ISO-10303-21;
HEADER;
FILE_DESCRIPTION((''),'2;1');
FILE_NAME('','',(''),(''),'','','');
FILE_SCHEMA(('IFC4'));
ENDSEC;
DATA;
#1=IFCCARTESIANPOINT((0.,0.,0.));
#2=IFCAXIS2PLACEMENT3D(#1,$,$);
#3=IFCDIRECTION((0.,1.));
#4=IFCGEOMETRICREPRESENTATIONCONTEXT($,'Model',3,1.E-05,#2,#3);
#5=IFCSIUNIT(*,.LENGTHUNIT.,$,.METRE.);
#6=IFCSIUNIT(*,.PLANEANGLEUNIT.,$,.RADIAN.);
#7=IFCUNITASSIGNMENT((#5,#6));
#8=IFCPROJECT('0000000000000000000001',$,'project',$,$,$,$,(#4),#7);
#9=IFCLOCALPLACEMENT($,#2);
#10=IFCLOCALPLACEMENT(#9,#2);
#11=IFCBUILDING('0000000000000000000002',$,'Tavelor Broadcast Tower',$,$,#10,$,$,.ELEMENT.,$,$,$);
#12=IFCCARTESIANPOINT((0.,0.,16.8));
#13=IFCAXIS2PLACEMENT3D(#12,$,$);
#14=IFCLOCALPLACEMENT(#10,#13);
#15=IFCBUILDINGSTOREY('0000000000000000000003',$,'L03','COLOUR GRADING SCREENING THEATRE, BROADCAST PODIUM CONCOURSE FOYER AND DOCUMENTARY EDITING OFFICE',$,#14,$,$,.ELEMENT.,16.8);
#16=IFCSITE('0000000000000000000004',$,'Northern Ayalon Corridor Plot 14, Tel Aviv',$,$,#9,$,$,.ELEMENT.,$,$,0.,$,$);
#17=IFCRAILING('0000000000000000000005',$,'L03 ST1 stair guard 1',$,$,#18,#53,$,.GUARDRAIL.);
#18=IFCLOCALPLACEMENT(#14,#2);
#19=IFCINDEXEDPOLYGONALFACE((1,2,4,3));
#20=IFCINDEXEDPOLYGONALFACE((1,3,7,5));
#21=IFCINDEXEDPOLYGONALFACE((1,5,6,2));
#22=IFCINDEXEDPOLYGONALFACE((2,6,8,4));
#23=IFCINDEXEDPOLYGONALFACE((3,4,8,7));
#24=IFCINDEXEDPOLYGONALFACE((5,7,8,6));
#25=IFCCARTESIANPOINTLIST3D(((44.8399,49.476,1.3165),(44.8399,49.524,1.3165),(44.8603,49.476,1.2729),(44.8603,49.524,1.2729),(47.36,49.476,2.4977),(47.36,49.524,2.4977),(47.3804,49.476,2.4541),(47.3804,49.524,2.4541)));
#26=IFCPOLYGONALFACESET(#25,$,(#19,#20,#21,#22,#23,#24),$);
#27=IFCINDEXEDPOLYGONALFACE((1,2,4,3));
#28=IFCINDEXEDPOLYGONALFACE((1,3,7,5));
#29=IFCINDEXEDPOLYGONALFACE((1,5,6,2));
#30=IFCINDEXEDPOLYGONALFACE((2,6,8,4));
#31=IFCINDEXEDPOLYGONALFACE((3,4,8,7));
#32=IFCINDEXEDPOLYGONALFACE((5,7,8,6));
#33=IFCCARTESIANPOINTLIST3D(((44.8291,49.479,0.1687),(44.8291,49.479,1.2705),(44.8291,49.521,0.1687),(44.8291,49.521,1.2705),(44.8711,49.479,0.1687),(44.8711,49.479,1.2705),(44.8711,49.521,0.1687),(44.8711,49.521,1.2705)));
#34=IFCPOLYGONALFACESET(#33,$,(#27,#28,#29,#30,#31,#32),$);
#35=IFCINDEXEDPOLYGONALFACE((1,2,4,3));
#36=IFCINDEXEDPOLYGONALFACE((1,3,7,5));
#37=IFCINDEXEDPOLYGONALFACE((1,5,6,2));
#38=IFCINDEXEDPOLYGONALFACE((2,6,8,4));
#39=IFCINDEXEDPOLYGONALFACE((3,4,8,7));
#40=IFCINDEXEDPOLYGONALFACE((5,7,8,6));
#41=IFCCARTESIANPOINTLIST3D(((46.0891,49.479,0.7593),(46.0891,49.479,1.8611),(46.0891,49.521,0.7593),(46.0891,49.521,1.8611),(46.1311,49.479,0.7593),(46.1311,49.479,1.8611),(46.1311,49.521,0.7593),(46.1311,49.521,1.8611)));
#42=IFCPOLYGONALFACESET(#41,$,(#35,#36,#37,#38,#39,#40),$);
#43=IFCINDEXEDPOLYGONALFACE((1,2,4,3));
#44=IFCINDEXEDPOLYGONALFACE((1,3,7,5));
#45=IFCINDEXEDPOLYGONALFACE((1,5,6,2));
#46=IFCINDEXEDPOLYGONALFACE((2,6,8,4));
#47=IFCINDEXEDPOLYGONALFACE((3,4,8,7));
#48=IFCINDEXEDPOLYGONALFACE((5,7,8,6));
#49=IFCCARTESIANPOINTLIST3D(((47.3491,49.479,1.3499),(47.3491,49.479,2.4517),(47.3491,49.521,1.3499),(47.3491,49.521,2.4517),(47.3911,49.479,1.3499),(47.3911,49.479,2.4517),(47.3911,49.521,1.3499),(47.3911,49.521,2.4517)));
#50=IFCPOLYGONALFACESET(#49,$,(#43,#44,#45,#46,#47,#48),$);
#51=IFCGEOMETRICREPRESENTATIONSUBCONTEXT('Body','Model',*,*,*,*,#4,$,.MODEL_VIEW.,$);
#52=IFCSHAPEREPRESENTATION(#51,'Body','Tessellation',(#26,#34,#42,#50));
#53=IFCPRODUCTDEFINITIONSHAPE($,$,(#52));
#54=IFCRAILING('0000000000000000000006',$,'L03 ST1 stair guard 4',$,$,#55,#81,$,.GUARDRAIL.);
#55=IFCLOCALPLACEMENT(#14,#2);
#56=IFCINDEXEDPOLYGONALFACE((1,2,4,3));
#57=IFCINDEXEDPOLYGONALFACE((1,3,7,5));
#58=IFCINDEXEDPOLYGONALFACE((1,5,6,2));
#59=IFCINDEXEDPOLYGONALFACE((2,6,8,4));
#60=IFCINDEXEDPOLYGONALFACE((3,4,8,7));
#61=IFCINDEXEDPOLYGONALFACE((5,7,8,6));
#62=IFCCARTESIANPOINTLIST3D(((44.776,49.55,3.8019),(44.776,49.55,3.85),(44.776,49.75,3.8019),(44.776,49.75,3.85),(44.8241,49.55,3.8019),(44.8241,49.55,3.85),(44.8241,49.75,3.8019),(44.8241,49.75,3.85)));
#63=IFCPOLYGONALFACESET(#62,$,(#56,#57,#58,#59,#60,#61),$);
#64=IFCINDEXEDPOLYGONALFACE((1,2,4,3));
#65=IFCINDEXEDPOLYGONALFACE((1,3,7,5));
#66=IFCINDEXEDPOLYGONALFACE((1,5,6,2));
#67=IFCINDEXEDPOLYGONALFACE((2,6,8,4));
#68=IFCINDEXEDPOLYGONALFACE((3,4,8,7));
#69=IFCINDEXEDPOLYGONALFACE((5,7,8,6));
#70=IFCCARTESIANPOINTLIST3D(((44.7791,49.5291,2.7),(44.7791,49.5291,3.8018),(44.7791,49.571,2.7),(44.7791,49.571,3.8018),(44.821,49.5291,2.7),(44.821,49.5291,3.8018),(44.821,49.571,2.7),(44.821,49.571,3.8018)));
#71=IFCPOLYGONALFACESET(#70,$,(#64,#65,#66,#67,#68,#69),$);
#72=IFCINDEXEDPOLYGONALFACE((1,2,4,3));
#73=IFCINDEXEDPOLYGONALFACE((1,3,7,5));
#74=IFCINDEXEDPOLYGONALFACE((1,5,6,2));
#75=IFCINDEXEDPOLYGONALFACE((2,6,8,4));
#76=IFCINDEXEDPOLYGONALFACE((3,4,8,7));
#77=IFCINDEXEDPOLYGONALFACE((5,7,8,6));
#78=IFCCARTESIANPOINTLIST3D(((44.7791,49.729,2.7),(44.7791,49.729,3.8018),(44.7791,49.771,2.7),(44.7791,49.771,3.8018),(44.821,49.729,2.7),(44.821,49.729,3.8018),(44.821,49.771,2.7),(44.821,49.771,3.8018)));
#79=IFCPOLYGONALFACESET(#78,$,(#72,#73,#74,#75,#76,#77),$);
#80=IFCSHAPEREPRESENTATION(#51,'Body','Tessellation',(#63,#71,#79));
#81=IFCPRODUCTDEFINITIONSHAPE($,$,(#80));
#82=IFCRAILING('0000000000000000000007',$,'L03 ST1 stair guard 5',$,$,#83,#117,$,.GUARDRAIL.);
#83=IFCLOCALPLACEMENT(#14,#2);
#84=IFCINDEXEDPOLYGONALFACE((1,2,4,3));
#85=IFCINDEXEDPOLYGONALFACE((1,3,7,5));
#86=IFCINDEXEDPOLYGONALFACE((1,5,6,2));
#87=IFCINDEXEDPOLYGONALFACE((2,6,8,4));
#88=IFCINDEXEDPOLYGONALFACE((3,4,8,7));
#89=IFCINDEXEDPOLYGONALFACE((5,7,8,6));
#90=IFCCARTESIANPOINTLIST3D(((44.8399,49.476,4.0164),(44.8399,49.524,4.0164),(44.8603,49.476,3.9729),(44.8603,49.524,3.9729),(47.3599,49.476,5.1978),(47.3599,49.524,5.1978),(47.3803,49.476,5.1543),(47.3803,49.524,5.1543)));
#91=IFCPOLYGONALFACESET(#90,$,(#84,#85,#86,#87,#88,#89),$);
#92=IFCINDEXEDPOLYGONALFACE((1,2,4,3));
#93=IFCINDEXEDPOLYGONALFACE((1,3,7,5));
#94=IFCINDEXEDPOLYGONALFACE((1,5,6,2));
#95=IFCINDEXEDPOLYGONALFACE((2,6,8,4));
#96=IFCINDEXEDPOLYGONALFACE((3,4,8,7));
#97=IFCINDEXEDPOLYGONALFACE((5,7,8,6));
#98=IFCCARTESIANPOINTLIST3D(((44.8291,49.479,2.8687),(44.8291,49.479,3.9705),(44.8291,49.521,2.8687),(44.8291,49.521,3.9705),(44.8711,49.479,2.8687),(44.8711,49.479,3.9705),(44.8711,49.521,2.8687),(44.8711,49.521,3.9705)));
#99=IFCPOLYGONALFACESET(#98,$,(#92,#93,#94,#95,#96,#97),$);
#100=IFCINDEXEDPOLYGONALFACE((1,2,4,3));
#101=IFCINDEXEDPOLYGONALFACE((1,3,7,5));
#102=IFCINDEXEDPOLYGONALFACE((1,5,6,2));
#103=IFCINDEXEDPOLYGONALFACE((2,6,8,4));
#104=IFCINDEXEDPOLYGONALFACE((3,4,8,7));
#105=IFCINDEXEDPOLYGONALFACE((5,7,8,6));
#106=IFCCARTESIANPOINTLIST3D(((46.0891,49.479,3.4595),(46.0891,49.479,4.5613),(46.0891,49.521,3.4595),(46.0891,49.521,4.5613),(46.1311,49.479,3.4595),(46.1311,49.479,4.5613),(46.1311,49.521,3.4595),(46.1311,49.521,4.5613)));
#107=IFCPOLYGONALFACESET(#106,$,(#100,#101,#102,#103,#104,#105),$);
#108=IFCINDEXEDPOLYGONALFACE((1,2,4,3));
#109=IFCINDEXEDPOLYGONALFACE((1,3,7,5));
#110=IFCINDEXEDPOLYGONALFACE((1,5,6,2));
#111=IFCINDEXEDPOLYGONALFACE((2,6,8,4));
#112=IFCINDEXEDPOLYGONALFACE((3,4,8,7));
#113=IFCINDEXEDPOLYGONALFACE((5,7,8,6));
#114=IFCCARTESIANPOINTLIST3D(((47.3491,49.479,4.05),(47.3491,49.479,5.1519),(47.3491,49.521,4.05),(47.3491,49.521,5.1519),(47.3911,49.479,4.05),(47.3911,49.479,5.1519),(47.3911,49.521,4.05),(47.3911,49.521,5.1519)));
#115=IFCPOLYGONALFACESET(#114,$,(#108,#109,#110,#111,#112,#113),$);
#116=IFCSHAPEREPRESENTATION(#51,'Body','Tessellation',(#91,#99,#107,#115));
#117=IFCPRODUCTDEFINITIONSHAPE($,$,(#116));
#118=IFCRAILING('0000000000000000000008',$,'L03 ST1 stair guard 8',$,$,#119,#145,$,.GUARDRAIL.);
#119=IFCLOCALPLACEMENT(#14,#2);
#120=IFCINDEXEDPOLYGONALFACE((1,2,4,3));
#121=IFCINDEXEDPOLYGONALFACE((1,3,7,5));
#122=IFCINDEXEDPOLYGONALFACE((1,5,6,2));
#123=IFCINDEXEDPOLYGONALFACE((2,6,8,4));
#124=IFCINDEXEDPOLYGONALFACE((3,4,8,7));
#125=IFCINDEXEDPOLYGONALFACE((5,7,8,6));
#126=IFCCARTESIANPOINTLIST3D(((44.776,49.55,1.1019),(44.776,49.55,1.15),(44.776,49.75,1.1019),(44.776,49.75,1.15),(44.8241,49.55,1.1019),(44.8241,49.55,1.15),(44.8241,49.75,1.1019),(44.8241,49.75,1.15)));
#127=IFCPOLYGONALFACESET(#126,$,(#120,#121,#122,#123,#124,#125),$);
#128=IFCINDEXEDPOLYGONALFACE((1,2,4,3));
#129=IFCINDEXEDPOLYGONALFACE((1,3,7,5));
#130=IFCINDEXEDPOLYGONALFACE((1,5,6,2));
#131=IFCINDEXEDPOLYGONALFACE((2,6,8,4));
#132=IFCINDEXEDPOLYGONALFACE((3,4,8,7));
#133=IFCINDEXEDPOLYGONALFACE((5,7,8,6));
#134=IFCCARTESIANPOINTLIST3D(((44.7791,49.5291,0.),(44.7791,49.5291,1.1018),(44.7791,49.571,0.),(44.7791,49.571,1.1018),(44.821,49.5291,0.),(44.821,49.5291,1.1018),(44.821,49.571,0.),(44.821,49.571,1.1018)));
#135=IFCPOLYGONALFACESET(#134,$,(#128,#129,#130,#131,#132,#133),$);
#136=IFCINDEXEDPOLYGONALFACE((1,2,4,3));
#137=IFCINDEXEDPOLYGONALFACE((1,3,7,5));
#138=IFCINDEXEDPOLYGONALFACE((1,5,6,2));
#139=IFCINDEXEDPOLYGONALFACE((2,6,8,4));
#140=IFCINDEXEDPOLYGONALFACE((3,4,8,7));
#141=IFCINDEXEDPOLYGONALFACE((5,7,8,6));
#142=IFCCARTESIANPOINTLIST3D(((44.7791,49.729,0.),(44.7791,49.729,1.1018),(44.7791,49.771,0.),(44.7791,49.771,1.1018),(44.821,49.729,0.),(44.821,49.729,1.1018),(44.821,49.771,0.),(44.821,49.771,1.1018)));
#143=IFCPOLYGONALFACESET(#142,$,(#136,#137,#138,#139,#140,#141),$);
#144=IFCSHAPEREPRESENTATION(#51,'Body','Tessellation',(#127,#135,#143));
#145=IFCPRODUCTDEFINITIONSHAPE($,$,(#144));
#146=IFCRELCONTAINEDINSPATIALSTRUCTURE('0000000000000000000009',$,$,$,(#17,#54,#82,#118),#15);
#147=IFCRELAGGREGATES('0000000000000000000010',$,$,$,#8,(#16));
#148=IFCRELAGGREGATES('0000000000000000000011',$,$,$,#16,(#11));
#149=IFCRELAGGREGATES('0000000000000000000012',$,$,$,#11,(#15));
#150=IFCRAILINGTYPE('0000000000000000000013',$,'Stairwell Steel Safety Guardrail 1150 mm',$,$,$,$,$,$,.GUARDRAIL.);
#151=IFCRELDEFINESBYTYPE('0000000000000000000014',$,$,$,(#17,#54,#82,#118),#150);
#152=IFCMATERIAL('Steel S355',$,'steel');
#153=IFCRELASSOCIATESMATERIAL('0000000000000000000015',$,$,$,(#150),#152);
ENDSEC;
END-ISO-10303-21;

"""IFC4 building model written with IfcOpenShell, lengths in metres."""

from ifc_helpers import new_model, si_unit, direction, frame, origin, origin_2d, place, context, subcontext, project, spatial, rectangle, extrude, material, type_object, element, save


model = new_model("IFC4")

# Units and contexts
model_context = context("Model", 3, precision=1e-05, world=origin(), true_north=direction((0.0, 1.0)))
body_context = subcontext(model_context, "Body", "Model", "MODEL_VIEW")
ifc_project = project(units=[si_unit("LENGTHUNIT", "METRE"), si_unit("PLANEANGLEUNIT", "RADIAN")], contexts=[model_context])

# Site, building, storey
site_placement = place(None, origin())
site = spatial("IfcSite", under=ifc_project, at=site_placement, Name="Northern Ayalon Corridor Plot 14, Tel Aviv", CompositionType="ELEMENT", RefElevation=0.0)
building_placement = place(site_placement, origin())
building = spatial("IfcBuilding", under=site, at=building_placement, Name="Tavelor Broadcast Tower", CompositionType="ELEMENT")
storey_placement = place(building_placement, frame((0.0, 0.0, 16.8)))
storey = spatial("IfcBuildingStorey", under=building, at=storey_placement, Name="L03", Description="COLOUR GRADING SCREENING THEATRE, BROADCAST PODIUM CONCOURSE FOYER AND DOCUMENTARY EDITING OFFICE", CompositionType="ELEMENT", Elevation=16.8)

# Shared definitions
ifc_material_1 = material(Name="Steel S355", Category="steel")

# Railings
railing_type_1 = type_object("IfcRailingType", Name="Stairwell Steel Safety Guardrail 1150 mm", PredefinedType="GUARDRAIL", material=ifc_material_1)
railing_1_placement = place(storey_placement, frame((44.8501, 49.5, 0.1687)))
element("IfcRailing", 1, at=railing_1_placement, inside=storey, type_object=railing_type_1, Name="L03 ST1 stair guard 1", PredefinedType="GUARDRAIL", context=body_context, shape_type="SweptSolid", body=[
    extrude(rectangle(XDim=0.0481, YDim=0.0481, at=origin_2d()), frame((0.0, 0.0, 1.126), z_axis=(0.905474, 0.0, 0.424402), x_axis=(0.0, 1.0, 0.0)), (0.0, 0.0, 1.0), 2.7832),
    extrude(rectangle(XDim=0.042, YDim=0.042, at=origin_2d()), origin(), (0.0, 0.0, 1.0), 1.1018),
    extrude(rectangle(XDim=0.042, YDim=0.042, at=origin_2d()), frame((1.26, 0.0, 0.5906)), (0.0, 0.0, 1.0), 1.1018),
    extrude(rectangle(XDim=0.042, YDim=0.042, at=origin_2d()), frame((2.52, 0.0, 1.1812)), (0.0, 0.0, 1.0), 1.1018),
])
railing_2_placement = place(storey_placement, frame((44.8, 49.55, 2.7)))
element("IfcRailing", 2, at=railing_2_placement, inside=storey, type_object=railing_type_1, Name="L03 ST1 stair guard 4", PredefinedType="GUARDRAIL", context=body_context, shape_type="SweptSolid", body=[
    extrude(rectangle(XDim=0.0481, YDim=0.0481, at=origin_2d()), frame((0.0, 0.0, 1.126), z_axis=(0.0, 1.0, 0.0), x_axis=(-1.0, 0.0, 0.0)), (0.0, 0.0, 1.0), 0.2),
    extrude(rectangle(XDim=0.042, YDim=0.042, at=origin_2d()), origin(), (0.0, 0.0, 1.0), 1.1018),
    extrude(rectangle(XDim=0.042, YDim=0.042, at=origin_2d()), frame((0.0, 0.2, 0.0)), (0.0, 0.0, 1.0), 1.1018),
])
railing_3_placement = place(storey_placement, frame((44.8501, 49.5, 2.8687)))
element("IfcRailing", 3, at=railing_3_placement, inside=storey, type_object=railing_type_1, Name="L03 ST1 stair guard 5", PredefinedType="GUARDRAIL", context=body_context, shape_type="SweptSolid", body=[
    extrude(rectangle(XDim=0.0481, YDim=0.0481, at=origin_2d()), frame((0.0, 0.0, 1.126), z_axis=(0.90544, 0.0, 0.424474), x_axis=(0.0, 1.0, 0.0)), (0.0, 0.0, 1.0), 2.7832),
    extrude(rectangle(XDim=0.042, YDim=0.042, at=origin_2d()), origin(), (0.0, 0.0, 1.0), 1.1018),
    extrude(rectangle(XDim=0.042, YDim=0.042, at=origin_2d()), frame((1.26, 0.0, 0.5908)), (0.0, 0.0, 1.0), 1.1018),
    extrude(rectangle(XDim=0.042, YDim=0.042, at=origin_2d()), frame((2.52, 0.0, 1.1814)), (0.0, 0.0, 1.0), 1.1018),
])
railing_4_placement = place(storey_placement, frame((44.8, 49.55, 0.0)))
element("IfcRailing", 4, at=railing_4_placement, inside=storey, type_object=railing_type_1, Name="L03 ST1 stair guard 8", PredefinedType="GUARDRAIL", context=body_context, shape_type="SweptSolid", body=[
    extrude(rectangle(XDim=0.0481, YDim=0.0481, at=origin_2d()), frame((0.0, 0.0, 1.126), z_axis=(0.0, 1.0, 0.0), x_axis=(-1.0, 0.0, 0.0)), (0.0, 0.0, 1.0), 0.2),
    extrude(rectangle(XDim=0.042, YDim=0.042, at=origin_2d()), origin(), (0.0, 0.0, 1.0), 1.1018),
    extrude(rectangle(XDim=0.042, YDim=0.042, at=origin_2d()), frame((0.0, 0.2, 0.0)), (0.0, 0.0, 1.0), 1.1018),
])

save(model, "model.ifc")
